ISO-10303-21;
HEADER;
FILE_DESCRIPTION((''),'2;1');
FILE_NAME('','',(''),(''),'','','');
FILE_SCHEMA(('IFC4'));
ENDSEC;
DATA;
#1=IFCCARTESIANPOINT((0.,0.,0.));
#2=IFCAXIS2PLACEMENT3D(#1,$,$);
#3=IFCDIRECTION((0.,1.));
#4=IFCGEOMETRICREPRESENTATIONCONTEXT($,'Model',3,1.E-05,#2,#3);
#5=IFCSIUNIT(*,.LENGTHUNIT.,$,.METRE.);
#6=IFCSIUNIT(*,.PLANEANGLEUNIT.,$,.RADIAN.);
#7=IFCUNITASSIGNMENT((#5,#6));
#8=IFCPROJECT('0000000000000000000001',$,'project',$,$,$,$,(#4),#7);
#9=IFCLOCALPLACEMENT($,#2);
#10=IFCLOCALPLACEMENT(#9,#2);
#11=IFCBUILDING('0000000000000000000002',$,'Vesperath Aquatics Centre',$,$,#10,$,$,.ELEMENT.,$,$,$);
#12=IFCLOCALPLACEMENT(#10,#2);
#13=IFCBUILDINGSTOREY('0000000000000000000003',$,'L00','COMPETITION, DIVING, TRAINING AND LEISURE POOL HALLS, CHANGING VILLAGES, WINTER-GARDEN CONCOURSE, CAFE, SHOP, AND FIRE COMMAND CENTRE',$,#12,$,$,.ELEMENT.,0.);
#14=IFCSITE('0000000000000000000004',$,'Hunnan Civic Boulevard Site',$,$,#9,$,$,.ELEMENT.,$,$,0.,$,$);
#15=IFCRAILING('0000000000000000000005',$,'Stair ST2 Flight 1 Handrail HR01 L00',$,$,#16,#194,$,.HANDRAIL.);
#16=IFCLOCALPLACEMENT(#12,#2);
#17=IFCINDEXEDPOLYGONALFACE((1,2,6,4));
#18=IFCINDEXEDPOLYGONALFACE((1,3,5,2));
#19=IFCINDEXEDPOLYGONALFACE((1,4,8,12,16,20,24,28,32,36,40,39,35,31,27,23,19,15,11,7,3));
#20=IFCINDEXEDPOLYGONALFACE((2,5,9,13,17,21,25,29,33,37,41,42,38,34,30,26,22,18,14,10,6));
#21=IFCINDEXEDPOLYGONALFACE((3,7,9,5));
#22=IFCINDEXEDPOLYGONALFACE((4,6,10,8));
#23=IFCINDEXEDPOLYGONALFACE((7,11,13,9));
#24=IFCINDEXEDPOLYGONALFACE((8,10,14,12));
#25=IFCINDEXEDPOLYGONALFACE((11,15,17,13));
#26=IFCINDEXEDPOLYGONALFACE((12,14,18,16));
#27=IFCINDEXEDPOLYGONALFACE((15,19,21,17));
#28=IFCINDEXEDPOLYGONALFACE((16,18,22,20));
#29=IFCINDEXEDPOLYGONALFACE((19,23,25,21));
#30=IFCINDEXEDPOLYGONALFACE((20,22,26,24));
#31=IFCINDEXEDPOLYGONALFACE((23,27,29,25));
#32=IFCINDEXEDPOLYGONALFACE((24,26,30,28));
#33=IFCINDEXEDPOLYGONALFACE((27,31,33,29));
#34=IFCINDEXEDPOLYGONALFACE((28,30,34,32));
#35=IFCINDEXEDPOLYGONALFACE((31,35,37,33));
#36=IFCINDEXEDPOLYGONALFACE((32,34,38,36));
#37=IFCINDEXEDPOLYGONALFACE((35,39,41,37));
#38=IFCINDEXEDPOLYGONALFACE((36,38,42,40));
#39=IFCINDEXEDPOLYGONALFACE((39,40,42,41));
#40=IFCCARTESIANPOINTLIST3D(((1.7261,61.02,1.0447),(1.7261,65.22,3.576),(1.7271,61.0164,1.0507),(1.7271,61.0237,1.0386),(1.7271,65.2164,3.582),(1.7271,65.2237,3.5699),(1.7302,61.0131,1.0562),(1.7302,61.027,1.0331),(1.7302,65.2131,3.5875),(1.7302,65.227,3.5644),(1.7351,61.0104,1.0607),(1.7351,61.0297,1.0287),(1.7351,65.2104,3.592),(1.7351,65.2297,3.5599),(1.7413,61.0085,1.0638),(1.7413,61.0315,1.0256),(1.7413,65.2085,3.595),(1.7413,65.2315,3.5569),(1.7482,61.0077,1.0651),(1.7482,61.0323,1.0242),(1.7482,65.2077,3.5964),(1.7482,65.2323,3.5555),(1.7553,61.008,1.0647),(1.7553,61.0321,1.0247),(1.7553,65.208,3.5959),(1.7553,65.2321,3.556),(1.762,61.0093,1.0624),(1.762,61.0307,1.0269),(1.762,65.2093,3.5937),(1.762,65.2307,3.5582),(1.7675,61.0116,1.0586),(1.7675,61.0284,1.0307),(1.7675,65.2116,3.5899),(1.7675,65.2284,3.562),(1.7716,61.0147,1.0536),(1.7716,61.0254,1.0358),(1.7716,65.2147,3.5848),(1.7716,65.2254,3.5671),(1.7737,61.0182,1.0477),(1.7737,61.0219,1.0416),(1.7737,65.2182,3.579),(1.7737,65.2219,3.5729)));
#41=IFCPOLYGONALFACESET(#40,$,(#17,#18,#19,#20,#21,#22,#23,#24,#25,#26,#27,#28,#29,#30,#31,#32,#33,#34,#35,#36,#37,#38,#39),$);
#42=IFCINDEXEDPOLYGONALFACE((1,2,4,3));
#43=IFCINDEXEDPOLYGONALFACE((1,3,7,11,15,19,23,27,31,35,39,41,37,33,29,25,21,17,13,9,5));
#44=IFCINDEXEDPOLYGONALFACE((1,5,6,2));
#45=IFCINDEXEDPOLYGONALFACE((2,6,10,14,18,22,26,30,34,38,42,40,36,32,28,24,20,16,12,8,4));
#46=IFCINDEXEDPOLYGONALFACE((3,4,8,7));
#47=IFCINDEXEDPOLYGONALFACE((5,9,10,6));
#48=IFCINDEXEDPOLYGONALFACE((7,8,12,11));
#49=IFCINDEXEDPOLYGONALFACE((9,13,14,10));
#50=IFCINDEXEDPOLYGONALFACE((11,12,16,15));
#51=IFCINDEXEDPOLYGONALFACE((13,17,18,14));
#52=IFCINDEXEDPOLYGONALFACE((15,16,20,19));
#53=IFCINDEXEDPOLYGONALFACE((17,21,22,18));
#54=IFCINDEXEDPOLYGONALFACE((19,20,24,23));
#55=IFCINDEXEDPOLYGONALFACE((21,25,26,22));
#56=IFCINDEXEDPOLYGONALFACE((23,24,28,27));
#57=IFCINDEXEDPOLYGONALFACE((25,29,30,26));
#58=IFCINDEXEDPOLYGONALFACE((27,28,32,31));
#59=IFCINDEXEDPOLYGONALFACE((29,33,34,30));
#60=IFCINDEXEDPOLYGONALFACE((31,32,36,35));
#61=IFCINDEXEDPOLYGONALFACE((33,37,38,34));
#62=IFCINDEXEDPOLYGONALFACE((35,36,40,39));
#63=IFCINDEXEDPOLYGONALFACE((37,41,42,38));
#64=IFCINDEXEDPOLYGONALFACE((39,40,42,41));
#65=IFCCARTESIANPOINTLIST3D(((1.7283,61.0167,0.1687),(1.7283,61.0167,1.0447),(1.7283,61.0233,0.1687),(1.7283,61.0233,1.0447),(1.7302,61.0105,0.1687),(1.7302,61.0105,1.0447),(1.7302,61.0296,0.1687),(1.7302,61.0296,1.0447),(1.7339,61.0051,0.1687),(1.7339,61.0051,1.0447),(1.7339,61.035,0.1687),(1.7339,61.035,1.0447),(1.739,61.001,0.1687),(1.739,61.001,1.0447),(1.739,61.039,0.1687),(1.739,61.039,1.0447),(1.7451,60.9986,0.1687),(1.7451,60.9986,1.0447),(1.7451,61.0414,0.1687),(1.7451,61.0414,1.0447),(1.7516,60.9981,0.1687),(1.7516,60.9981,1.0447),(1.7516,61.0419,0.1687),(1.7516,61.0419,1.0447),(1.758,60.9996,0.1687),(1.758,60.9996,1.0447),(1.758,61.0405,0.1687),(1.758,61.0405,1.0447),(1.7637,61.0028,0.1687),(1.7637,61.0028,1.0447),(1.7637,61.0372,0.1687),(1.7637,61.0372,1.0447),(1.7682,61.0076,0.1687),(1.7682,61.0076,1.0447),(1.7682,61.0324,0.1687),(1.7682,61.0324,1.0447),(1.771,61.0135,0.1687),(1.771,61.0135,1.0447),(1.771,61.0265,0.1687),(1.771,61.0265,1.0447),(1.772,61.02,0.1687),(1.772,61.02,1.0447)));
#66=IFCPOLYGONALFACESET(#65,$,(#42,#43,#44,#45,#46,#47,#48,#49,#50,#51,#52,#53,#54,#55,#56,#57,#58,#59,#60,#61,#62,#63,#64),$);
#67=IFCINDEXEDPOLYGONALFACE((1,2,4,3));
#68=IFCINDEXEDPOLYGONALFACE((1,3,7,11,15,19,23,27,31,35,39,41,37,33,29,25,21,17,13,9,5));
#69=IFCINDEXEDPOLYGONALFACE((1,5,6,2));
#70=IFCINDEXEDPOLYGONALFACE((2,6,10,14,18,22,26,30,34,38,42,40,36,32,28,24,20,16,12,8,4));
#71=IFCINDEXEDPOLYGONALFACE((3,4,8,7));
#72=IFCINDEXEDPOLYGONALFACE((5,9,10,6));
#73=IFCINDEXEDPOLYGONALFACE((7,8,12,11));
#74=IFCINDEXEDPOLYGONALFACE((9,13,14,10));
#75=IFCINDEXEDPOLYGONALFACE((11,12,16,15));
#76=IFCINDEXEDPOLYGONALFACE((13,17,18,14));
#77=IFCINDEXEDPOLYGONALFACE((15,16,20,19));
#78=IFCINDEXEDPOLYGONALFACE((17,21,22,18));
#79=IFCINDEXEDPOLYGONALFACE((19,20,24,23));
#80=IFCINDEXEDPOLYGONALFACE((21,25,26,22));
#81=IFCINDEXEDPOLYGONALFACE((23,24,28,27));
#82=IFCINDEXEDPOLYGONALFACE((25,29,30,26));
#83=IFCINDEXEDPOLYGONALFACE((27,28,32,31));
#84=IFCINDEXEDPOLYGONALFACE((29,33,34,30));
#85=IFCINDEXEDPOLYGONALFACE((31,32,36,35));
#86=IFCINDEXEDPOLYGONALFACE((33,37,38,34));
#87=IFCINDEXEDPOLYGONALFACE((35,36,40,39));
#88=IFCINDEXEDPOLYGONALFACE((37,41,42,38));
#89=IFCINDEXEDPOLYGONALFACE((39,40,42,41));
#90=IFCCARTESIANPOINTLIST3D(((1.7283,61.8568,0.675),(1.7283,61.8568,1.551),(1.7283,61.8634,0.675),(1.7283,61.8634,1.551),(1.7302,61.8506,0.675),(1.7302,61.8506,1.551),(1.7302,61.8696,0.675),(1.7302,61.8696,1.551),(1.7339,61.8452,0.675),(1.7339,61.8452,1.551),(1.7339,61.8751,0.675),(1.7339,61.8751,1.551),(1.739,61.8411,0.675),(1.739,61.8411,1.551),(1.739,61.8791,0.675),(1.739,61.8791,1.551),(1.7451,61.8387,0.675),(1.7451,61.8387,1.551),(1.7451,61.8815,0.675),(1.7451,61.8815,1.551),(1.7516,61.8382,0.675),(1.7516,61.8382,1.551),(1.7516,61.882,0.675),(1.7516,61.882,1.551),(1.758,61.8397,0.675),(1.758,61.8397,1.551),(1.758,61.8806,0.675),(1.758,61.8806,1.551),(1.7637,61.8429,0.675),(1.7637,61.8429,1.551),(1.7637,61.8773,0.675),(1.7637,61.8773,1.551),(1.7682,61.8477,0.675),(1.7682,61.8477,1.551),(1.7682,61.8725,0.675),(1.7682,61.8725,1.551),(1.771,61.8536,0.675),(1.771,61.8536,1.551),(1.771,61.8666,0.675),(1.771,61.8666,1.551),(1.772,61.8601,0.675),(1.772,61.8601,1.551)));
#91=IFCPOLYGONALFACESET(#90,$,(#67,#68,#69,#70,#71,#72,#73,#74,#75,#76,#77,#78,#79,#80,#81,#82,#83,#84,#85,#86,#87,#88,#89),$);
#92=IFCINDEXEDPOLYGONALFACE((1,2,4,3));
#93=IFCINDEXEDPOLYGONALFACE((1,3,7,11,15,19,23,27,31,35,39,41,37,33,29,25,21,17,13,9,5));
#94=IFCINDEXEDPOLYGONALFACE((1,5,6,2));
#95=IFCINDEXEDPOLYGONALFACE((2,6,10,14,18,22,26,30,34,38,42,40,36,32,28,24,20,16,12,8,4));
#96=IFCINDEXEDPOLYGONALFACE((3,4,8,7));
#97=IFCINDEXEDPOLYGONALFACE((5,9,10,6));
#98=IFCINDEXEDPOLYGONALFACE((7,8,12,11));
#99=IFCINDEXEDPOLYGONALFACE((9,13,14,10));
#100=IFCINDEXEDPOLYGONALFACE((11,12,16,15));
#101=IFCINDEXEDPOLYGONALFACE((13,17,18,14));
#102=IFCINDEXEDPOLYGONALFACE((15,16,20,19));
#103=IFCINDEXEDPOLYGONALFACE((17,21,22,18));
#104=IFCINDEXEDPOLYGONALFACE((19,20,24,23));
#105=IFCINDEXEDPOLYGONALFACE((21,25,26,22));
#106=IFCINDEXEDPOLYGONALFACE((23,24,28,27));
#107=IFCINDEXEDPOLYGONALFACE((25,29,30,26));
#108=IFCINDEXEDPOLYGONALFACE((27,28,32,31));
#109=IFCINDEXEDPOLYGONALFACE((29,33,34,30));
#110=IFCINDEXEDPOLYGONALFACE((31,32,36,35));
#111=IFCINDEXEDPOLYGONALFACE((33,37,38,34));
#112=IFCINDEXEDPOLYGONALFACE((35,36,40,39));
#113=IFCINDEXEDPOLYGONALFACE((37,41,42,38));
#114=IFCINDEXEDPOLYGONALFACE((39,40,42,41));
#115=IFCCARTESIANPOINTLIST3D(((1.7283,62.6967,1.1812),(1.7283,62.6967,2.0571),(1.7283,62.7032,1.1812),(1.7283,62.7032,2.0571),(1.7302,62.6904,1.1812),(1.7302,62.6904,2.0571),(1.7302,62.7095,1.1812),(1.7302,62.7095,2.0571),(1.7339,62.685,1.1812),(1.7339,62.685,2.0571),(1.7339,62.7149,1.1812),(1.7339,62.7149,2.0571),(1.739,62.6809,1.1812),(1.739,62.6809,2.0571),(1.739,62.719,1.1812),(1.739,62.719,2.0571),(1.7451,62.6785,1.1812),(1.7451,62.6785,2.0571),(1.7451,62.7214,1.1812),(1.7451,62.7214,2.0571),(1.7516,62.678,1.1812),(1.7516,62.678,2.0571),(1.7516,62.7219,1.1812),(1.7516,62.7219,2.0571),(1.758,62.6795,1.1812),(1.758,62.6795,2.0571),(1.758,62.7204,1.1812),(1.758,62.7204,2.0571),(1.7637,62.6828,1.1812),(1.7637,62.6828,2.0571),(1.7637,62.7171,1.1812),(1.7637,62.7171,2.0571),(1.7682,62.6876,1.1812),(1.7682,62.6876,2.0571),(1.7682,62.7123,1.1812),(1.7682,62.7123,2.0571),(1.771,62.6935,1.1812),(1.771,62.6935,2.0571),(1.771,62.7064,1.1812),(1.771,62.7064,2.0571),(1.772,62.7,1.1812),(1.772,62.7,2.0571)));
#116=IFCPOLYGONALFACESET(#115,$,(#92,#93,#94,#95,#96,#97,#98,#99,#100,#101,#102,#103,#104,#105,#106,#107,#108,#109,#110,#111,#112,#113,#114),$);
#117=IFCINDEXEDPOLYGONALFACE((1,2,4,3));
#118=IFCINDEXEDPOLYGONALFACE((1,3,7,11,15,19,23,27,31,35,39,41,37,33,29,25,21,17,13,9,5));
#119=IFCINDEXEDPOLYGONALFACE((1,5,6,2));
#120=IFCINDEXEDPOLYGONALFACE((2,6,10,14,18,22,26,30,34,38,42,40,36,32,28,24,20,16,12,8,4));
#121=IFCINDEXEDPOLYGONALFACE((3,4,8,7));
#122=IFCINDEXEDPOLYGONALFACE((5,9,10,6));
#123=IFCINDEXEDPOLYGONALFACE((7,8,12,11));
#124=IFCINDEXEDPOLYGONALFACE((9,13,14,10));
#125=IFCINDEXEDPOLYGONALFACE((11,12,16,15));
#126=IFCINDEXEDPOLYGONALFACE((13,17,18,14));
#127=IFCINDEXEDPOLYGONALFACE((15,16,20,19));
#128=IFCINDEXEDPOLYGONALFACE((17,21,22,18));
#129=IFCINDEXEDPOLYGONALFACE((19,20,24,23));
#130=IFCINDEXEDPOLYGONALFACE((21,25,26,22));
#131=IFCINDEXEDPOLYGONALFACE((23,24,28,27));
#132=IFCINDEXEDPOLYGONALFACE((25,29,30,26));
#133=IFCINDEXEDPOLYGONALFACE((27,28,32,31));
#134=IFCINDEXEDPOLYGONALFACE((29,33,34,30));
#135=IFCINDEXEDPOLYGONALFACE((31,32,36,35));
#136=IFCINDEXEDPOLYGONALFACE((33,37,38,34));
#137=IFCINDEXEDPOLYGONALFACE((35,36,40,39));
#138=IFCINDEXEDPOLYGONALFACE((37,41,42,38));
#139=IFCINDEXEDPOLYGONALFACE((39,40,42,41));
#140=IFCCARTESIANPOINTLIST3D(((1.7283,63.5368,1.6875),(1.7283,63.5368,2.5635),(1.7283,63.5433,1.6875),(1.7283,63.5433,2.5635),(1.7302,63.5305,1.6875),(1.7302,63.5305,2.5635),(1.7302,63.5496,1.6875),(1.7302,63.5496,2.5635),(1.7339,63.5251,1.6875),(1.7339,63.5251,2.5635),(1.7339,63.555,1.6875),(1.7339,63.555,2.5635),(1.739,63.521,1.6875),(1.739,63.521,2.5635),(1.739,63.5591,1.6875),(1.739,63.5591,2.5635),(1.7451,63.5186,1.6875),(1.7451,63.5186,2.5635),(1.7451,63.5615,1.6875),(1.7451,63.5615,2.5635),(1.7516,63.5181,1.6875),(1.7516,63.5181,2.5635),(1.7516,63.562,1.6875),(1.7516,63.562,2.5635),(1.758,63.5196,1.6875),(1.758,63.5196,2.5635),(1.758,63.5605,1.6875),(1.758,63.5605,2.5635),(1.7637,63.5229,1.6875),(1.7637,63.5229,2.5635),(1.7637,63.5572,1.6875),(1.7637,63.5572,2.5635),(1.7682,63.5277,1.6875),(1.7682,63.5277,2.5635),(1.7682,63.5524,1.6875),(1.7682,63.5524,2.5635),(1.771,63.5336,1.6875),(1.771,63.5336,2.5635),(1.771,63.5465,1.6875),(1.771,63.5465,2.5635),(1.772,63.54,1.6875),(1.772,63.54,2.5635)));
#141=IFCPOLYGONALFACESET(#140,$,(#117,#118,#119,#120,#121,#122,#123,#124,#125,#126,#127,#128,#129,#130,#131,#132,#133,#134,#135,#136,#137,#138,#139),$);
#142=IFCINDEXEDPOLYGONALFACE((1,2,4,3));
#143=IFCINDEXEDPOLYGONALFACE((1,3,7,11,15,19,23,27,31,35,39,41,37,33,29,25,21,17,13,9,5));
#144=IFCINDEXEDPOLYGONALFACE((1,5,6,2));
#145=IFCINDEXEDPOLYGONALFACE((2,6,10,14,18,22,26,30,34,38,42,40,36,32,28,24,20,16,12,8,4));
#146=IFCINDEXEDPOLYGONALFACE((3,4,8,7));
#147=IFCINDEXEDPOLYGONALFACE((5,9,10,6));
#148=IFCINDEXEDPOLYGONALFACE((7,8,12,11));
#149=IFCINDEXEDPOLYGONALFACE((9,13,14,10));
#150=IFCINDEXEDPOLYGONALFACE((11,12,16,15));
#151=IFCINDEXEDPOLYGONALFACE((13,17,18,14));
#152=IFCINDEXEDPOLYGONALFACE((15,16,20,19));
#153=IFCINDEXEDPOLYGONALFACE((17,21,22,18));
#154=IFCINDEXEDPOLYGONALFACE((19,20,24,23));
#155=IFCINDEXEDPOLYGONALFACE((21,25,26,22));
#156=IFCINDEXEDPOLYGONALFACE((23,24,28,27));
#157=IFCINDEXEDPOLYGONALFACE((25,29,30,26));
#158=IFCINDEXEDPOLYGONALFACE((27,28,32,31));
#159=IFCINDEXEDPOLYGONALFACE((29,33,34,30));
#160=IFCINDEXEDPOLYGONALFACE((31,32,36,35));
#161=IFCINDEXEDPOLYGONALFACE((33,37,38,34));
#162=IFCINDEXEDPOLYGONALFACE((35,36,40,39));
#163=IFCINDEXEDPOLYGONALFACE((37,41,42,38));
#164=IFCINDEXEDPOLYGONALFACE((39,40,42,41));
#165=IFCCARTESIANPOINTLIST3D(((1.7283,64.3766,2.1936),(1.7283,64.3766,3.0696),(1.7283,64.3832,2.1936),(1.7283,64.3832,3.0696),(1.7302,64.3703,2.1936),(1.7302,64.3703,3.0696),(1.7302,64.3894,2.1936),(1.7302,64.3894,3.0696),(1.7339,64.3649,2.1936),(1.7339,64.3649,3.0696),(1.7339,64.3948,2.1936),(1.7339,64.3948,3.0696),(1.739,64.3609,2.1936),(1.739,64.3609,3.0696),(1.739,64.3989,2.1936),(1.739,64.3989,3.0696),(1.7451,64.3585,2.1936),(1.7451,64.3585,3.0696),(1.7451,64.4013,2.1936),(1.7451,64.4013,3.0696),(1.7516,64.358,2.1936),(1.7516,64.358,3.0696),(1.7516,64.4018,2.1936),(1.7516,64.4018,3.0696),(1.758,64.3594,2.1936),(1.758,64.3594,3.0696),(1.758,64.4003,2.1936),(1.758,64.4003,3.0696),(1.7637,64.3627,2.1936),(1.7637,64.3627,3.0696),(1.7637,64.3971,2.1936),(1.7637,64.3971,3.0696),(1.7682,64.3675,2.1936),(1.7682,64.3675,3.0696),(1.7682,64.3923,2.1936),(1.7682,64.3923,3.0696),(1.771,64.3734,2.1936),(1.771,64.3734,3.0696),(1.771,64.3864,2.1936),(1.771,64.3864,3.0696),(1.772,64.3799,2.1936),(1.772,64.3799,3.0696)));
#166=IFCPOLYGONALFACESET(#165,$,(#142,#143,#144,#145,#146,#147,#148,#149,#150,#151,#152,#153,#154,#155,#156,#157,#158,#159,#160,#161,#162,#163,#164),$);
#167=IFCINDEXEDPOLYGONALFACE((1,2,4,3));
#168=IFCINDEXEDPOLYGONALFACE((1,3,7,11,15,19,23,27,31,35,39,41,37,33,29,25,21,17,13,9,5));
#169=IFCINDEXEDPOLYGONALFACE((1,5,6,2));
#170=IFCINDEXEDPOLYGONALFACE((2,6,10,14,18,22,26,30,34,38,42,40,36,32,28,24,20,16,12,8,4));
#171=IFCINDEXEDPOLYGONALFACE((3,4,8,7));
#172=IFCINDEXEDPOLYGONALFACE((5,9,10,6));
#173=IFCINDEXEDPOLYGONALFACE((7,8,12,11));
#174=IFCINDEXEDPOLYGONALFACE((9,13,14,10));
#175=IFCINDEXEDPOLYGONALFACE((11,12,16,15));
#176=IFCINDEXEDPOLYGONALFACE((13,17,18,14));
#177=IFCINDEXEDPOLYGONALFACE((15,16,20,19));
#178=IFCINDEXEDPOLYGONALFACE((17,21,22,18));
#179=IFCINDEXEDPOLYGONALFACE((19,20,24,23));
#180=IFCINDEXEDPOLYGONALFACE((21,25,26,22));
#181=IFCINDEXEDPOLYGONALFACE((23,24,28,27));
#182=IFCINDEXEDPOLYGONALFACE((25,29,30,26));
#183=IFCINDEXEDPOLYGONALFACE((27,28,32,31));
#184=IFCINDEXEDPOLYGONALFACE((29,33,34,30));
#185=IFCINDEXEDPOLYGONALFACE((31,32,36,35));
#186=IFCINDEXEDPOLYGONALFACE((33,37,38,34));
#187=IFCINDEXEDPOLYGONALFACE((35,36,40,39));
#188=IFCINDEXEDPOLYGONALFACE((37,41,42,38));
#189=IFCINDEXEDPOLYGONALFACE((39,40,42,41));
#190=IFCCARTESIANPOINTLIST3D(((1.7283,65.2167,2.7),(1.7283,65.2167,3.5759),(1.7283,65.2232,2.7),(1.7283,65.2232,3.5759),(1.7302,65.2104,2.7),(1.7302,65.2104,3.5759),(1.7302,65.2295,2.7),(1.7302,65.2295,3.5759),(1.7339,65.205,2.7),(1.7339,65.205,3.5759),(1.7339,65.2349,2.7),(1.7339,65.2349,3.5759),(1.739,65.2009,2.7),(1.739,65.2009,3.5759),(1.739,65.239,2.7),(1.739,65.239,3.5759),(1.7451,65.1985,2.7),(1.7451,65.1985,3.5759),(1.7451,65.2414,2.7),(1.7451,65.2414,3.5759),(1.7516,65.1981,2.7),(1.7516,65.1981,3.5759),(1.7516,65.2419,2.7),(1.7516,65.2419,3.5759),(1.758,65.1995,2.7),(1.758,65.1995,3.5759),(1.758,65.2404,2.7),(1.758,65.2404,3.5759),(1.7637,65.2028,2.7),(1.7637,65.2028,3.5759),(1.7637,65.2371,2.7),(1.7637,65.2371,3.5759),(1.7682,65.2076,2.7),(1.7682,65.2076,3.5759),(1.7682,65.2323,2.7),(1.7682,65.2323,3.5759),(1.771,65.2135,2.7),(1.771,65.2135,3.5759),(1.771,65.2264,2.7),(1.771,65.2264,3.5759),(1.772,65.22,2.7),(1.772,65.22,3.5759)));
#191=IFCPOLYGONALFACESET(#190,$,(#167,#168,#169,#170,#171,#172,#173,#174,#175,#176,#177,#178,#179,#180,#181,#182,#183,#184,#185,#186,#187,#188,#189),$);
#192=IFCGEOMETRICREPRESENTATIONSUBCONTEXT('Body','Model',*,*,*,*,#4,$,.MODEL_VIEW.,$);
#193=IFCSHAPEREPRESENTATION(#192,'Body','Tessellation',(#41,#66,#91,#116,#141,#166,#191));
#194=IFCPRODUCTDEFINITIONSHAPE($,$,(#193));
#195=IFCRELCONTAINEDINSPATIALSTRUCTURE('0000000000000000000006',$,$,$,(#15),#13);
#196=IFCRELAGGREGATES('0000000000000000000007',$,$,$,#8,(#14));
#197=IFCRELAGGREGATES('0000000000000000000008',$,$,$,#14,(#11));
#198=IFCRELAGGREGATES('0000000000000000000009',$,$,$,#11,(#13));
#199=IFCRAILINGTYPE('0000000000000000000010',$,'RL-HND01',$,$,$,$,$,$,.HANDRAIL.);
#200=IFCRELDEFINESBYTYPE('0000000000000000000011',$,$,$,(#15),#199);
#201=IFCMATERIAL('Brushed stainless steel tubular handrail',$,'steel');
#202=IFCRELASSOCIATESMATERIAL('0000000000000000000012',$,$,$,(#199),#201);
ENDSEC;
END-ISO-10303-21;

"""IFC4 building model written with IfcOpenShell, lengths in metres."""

from ifc_helpers import new_model, si_unit, direction, frame, origin, origin_2d, place, context, subcontext, project, spatial, circle, extrude, material, type_object, element, save


model = new_model("IFC4")

# Units and contexts
model_context = context("Model", 3, precision=1e-05, world=origin(), true_north=direction((0.0, 1.0)))
body_context = subcontext(model_context, "Body", "Model", "MODEL_VIEW")
ifc_project = project(units=[si_unit("LENGTHUNIT", "METRE"), si_unit("PLANEANGLEUNIT", "RADIAN")], contexts=[model_context])

# Site, building, storey
site_placement = place(None, origin())
site = spatial("IfcSite", under=ifc_project, at=site_placement, Name="Hunnan Civic Boulevard Site", CompositionType="ELEMENT", RefElevation=0.0)
building_placement = place(site_placement, origin())
building = spatial("IfcBuilding", under=site, at=building_placement, Name="Vesperath Aquatics Centre", CompositionType="ELEMENT")
storey_placement = place(building_placement, origin())
storey = spatial("IfcBuildingStorey", under=building, at=storey_placement, Name="L00", Description="COMPETITION, DIVING, TRAINING AND LEISURE POOL HALLS, CHANGING VILLAGES, WINTER-GARDEN CONCOURSE, CAFE, SHOP, AND FIRE COMMAND CENTRE", CompositionType="ELEMENT", Elevation=0.0)

# Railing
ifc_material_1 = material(Name="Brushed stainless steel tubular handrail", Category="steel")
railing_type_1 = type_object("IfcRailingType", Name="RL-HND01", PredefinedType="HANDRAIL", material=ifc_material_1)
railing_1_placement = place(storey_placement, frame((1.75, 61.02, 0.1687)))
element("IfcRailing", 1, at=railing_1_placement, inside=storey, type_object=railing_type_1, Name="Stair ST2 Flight 1 Handrail HR01 L00", PredefinedType="HANDRAIL", context=body_context, shape_type="SweptSolid", body=[
    extrude(circle(Radius=0.0239, at=origin_2d()), frame((0.0, 0.0, 0.876), z_axis=(0.0, 0.856476, 0.516186), x_axis=(-1.0, 0.0, 0.0)), (0.0, 0.0, 1.0), 4.9038),
    extrude(circle(Radius=0.022, at=origin_2d()), origin(), (0.0, 0.0, 1.0), 0.876),
    extrude(circle(Radius=0.022, at=origin_2d()), frame((0.0, 0.8401, 0.5063)), (0.0, 0.0, 1.0), 0.876),
    extrude(circle(Radius=0.022, at=origin_2d()), frame((0.0, 1.6799, 1.0125)), (0.0, 0.0, 1.0), 0.876),
    extrude(circle(Radius=0.022, at=origin_2d()), frame((0.0, 2.52, 1.5188)), (0.0, 0.0, 1.0), 0.876),
    extrude(circle(Radius=0.022, at=origin_2d()), frame((0.0, 3.3599, 2.0249)), (0.0, 0.0, 1.0), 0.876),
    extrude(circle(Radius=0.022, at=origin_2d()), frame((0.0, 4.2, 2.5312)), (0.0, 0.0, 1.0), 0.876),
])

save(model, "model.ifc")
